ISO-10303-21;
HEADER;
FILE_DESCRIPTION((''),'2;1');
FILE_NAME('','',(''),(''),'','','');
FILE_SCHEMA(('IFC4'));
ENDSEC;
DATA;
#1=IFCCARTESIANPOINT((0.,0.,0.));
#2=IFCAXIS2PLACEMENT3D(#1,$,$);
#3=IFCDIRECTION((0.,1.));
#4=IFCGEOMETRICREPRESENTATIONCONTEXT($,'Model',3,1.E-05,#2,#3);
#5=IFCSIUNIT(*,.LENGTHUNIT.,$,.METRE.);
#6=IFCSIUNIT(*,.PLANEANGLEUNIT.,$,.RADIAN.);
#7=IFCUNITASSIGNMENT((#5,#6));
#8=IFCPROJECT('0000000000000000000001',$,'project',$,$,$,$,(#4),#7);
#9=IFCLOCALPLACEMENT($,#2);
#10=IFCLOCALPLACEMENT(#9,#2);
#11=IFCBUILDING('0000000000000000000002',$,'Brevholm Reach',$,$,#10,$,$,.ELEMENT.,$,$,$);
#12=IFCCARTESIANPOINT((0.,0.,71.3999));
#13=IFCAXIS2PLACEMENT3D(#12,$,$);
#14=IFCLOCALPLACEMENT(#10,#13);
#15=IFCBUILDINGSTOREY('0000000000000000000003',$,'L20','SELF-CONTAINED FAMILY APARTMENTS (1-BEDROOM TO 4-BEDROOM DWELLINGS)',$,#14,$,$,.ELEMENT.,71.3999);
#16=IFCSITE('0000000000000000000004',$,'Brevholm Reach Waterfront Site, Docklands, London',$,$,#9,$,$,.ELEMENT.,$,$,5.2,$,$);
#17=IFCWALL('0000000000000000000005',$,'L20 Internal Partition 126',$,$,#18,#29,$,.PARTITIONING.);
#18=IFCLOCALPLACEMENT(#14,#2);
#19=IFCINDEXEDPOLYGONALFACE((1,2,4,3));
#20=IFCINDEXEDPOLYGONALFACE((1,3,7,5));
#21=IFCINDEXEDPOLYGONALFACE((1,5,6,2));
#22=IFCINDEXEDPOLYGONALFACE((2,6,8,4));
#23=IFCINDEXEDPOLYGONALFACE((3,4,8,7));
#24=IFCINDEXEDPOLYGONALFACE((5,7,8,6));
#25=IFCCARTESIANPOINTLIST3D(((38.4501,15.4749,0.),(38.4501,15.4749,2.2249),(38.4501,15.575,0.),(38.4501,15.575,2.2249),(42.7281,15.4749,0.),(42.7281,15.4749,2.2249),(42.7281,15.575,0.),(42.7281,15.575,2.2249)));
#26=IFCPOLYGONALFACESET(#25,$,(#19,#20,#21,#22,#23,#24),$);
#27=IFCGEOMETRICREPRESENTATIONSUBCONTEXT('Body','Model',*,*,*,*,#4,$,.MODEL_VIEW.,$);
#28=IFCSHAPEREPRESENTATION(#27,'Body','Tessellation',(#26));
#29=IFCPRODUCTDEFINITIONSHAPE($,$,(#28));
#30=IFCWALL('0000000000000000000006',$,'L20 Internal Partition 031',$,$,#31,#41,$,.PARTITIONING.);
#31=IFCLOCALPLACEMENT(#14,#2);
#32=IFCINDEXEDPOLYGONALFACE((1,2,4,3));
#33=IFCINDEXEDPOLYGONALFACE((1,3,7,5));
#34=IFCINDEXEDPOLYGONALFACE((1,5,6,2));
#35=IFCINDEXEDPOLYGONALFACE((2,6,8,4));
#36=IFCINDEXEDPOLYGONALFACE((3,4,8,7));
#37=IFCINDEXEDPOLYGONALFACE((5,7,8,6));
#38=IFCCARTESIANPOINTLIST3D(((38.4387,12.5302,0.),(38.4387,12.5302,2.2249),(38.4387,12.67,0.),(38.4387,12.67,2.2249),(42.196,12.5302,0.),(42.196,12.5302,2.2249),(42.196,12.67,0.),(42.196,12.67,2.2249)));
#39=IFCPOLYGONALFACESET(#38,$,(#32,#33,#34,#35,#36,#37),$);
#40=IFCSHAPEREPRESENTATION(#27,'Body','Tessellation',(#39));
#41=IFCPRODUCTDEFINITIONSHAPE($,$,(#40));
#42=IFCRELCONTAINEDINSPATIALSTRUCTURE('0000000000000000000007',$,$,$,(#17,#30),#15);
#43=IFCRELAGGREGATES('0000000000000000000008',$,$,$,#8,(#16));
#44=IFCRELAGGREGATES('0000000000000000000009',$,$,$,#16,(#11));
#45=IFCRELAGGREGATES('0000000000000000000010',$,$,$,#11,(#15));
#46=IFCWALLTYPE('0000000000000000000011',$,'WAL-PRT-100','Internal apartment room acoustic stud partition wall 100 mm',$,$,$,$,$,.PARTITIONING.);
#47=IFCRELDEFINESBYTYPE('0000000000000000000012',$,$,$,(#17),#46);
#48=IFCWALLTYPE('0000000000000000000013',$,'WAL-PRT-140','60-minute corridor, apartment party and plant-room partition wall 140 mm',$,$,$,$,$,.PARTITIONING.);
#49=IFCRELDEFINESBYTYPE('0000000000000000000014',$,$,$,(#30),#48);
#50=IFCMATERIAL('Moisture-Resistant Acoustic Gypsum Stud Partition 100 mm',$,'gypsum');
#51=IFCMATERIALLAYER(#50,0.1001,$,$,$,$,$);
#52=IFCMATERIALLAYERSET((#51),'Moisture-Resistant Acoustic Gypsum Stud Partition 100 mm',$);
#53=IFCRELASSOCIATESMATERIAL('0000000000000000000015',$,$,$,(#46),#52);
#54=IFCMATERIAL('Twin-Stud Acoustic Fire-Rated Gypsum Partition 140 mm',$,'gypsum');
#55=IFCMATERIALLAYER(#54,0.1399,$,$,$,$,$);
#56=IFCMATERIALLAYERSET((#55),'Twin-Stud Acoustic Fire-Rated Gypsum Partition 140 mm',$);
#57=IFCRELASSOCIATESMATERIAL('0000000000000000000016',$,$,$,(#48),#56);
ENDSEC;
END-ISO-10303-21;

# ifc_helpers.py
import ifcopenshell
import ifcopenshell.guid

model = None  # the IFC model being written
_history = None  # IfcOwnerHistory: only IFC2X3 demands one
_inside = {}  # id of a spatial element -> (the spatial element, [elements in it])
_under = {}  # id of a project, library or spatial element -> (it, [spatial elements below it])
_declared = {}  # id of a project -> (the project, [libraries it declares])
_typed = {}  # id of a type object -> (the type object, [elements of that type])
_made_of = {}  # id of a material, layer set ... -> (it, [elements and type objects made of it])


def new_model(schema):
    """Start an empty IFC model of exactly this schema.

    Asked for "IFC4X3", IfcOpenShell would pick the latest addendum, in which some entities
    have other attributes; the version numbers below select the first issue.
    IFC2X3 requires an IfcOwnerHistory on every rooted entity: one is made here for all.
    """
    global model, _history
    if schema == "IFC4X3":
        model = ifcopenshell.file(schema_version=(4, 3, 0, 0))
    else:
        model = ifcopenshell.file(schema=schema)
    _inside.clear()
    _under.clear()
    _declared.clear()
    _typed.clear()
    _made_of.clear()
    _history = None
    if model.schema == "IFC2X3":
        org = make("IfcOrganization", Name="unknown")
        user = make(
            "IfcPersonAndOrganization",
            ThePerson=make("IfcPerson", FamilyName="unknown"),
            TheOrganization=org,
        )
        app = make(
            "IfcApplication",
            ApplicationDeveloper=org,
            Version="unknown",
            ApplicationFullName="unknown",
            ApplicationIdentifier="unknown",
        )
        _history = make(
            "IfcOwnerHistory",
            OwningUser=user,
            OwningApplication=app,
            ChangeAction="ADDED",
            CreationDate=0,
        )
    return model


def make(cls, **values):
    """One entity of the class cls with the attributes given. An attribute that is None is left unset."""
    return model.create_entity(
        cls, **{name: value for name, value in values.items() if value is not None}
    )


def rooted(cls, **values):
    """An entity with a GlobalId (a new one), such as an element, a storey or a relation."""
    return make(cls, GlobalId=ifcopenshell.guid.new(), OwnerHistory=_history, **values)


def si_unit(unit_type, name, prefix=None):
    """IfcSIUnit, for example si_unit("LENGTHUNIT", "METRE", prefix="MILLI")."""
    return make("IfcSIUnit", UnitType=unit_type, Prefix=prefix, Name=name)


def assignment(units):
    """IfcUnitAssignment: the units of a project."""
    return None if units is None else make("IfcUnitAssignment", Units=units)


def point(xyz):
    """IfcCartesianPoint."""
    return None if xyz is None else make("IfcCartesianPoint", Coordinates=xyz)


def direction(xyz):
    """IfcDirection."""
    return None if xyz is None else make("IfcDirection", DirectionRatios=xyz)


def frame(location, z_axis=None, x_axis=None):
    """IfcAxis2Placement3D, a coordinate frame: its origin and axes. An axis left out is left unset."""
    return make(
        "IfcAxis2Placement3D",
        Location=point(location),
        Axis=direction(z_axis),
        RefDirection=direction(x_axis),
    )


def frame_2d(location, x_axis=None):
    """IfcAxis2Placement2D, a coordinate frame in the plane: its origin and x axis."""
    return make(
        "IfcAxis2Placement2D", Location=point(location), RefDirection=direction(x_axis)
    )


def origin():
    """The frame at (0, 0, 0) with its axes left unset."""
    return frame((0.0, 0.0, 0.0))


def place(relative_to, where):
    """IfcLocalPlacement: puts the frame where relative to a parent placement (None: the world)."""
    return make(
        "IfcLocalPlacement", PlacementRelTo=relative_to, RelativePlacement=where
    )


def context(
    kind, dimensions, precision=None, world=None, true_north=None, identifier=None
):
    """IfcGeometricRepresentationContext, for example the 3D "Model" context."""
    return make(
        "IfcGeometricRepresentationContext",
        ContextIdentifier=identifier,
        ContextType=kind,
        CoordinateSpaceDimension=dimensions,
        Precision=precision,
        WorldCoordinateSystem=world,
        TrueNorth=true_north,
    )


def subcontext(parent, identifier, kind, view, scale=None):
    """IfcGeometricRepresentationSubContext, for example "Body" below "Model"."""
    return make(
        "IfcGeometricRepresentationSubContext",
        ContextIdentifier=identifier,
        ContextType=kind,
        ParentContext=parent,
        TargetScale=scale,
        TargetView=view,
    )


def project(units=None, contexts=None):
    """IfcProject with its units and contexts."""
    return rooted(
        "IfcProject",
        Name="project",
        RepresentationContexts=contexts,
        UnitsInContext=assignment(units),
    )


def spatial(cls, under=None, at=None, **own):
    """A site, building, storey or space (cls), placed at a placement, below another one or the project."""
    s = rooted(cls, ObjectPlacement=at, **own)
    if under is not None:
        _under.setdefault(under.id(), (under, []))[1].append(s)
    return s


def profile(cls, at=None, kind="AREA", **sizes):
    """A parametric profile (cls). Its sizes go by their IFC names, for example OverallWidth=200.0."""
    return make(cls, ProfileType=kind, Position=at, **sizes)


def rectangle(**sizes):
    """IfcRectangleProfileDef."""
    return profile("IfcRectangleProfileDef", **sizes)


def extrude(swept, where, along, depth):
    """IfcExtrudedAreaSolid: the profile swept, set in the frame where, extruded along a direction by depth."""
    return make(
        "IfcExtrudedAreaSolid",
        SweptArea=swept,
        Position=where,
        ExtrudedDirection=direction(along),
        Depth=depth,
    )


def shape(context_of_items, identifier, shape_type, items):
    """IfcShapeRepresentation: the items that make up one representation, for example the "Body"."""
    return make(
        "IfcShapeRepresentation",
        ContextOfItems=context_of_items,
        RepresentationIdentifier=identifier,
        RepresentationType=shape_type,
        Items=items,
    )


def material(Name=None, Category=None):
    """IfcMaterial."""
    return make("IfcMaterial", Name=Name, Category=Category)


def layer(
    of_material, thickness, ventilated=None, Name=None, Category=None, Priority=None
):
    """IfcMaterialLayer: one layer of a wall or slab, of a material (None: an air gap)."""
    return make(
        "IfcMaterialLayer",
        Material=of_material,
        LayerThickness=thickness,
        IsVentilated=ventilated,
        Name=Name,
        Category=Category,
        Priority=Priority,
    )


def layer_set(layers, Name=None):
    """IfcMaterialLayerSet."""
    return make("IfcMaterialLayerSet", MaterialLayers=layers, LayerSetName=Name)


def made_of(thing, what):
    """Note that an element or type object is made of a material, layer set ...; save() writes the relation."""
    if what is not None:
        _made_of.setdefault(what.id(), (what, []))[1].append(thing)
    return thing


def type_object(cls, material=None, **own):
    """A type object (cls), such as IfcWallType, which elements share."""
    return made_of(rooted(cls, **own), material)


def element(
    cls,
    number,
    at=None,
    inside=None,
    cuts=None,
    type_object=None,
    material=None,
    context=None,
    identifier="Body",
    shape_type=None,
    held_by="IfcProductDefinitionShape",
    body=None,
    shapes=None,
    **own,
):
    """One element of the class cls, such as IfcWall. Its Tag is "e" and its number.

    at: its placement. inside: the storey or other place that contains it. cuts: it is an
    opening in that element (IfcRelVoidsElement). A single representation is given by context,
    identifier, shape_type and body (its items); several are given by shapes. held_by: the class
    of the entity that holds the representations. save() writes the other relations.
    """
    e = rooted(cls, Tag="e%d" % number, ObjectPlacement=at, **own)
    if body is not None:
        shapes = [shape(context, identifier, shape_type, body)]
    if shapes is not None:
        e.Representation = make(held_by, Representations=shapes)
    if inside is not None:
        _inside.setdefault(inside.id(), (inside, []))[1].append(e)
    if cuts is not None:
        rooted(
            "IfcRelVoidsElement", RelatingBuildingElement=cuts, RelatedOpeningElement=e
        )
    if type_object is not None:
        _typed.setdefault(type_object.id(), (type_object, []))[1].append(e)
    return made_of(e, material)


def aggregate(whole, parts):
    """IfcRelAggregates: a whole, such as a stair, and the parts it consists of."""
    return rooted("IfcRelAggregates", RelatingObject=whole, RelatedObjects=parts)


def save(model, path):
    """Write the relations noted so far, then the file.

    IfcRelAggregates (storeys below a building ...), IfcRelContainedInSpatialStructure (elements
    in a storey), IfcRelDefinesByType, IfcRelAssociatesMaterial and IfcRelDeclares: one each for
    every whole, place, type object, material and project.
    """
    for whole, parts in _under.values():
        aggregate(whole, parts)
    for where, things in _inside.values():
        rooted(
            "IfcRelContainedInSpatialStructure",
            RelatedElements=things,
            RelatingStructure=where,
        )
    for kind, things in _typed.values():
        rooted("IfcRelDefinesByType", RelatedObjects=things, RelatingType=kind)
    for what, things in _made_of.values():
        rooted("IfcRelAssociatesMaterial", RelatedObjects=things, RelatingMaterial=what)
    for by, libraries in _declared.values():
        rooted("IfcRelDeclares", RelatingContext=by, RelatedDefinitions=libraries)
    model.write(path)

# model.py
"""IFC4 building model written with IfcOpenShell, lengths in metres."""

from ifc_helpers import new_model, si_unit, direction, frame, frame_2d, origin, place, context, subcontext, project, spatial, rectangle, extrude, material, layer, layer_set, type_object, element, save


model = new_model("IFC4")

# Units and contexts
model_context = context("Model", 3, precision=1e-05, world=origin(), true_north=direction((0.0, 1.0)))
body_context = subcontext(model_context, "Body", "Model", "MODEL_VIEW")
ifc_project = project(units=[si_unit("LENGTHUNIT", "METRE"), si_unit("PLANEANGLEUNIT", "RADIAN")], contexts=[model_context])

# Site, building, storey
site_placement = place(None, origin())
site = spatial("IfcSite", under=ifc_project, at=site_placement, Name="Brevholm Reach Waterfront Site, Docklands, London", CompositionType="ELEMENT", RefElevation=5.2)
building_placement = place(site_placement, origin())
building = spatial("IfcBuilding", under=site, at=building_placement, Name="Brevholm Reach", CompositionType="ELEMENT")
storey_placement = place(building_placement, frame((0.0, 0.0, 71.3999)))
storey = spatial("IfcBuildingStorey", under=building, at=storey_placement, Name="L20", Description="SELF-CONTAINED FAMILY APARTMENTS (1-BEDROOM TO 4-BEDROOM DWELLINGS)", CompositionType="ELEMENT", Elevation=71.3999)

# Walls
ifc_material_1 = material(Name="Moisture-Resistant Acoustic Gypsum Stud Partition 100 mm", Category="gypsum")
ifc_layer_1 = layer(ifc_material_1, 0.1001)
ifc_layer_set_1 = layer_set([ifc_layer_1], Name="Moisture-Resistant Acoustic Gypsum Stud Partition 100 mm")
wall_type_1 = type_object("IfcWallType", Name="WAL-PRT-100", Description="Internal apartment room acoustic stud partition wall 100 mm", PredefinedType="PARTITIONING", material=ifc_layer_set_1)
wall_1_placement = place(storey_placement, frame((38.45, 15.5249, 0.0), z_axis=(0.0, 0.0, 1.0), x_axis=(1.0, 0.0, 0.0)))
element("IfcWall", 1, at=wall_1_placement, inside=storey, type_object=wall_type_1, Name="L20 Internal Partition 126", PredefinedType="PARTITIONING", context=body_context, shape_type="SweptSolid", body=[
    extrude(rectangle(XDim=4.2781, YDim=0.1001, at=frame_2d((2.1392, 0.0))), origin(), (0.0, 0.0, 1.0), 2.2249),
])
ifc_material_2 = material(Name="Twin-Stud Acoustic Fire-Rated Gypsum Partition 140 mm", Category="gypsum")
ifc_layer_2 = layer(ifc_material_2, 0.1399)
ifc_layer_set_2 = layer_set([ifc_layer_2], Name="Twin-Stud Acoustic Fire-Rated Gypsum Partition 140 mm")
wall_type_2 = type_object("IfcWallType", Name="WAL-PRT-140", Description="60-minute corridor, apartment party and plant-room partition wall 140 mm", PredefinedType="PARTITIONING", material=ifc_layer_set_2)
wall_2_placement = place(storey_placement, frame((38.4387, 12.6001, 0.0), z_axis=(0.0, 0.0, 1.0), x_axis=(1.0, 0.0, 0.0)))
element("IfcWall", 2, at=wall_2_placement, inside=storey, type_object=wall_type_2, Name="L20 Internal Partition 031", PredefinedType="PARTITIONING", context=body_context, shape_type="SweptSolid", body=[
    extrude(rectangle(XDim=3.7573, YDim=0.1399, at=frame_2d((1.8787, 0.0))), origin(), (0.0, 0.0, 1.0), 2.2249),
])

save(model, "model.ifc")
